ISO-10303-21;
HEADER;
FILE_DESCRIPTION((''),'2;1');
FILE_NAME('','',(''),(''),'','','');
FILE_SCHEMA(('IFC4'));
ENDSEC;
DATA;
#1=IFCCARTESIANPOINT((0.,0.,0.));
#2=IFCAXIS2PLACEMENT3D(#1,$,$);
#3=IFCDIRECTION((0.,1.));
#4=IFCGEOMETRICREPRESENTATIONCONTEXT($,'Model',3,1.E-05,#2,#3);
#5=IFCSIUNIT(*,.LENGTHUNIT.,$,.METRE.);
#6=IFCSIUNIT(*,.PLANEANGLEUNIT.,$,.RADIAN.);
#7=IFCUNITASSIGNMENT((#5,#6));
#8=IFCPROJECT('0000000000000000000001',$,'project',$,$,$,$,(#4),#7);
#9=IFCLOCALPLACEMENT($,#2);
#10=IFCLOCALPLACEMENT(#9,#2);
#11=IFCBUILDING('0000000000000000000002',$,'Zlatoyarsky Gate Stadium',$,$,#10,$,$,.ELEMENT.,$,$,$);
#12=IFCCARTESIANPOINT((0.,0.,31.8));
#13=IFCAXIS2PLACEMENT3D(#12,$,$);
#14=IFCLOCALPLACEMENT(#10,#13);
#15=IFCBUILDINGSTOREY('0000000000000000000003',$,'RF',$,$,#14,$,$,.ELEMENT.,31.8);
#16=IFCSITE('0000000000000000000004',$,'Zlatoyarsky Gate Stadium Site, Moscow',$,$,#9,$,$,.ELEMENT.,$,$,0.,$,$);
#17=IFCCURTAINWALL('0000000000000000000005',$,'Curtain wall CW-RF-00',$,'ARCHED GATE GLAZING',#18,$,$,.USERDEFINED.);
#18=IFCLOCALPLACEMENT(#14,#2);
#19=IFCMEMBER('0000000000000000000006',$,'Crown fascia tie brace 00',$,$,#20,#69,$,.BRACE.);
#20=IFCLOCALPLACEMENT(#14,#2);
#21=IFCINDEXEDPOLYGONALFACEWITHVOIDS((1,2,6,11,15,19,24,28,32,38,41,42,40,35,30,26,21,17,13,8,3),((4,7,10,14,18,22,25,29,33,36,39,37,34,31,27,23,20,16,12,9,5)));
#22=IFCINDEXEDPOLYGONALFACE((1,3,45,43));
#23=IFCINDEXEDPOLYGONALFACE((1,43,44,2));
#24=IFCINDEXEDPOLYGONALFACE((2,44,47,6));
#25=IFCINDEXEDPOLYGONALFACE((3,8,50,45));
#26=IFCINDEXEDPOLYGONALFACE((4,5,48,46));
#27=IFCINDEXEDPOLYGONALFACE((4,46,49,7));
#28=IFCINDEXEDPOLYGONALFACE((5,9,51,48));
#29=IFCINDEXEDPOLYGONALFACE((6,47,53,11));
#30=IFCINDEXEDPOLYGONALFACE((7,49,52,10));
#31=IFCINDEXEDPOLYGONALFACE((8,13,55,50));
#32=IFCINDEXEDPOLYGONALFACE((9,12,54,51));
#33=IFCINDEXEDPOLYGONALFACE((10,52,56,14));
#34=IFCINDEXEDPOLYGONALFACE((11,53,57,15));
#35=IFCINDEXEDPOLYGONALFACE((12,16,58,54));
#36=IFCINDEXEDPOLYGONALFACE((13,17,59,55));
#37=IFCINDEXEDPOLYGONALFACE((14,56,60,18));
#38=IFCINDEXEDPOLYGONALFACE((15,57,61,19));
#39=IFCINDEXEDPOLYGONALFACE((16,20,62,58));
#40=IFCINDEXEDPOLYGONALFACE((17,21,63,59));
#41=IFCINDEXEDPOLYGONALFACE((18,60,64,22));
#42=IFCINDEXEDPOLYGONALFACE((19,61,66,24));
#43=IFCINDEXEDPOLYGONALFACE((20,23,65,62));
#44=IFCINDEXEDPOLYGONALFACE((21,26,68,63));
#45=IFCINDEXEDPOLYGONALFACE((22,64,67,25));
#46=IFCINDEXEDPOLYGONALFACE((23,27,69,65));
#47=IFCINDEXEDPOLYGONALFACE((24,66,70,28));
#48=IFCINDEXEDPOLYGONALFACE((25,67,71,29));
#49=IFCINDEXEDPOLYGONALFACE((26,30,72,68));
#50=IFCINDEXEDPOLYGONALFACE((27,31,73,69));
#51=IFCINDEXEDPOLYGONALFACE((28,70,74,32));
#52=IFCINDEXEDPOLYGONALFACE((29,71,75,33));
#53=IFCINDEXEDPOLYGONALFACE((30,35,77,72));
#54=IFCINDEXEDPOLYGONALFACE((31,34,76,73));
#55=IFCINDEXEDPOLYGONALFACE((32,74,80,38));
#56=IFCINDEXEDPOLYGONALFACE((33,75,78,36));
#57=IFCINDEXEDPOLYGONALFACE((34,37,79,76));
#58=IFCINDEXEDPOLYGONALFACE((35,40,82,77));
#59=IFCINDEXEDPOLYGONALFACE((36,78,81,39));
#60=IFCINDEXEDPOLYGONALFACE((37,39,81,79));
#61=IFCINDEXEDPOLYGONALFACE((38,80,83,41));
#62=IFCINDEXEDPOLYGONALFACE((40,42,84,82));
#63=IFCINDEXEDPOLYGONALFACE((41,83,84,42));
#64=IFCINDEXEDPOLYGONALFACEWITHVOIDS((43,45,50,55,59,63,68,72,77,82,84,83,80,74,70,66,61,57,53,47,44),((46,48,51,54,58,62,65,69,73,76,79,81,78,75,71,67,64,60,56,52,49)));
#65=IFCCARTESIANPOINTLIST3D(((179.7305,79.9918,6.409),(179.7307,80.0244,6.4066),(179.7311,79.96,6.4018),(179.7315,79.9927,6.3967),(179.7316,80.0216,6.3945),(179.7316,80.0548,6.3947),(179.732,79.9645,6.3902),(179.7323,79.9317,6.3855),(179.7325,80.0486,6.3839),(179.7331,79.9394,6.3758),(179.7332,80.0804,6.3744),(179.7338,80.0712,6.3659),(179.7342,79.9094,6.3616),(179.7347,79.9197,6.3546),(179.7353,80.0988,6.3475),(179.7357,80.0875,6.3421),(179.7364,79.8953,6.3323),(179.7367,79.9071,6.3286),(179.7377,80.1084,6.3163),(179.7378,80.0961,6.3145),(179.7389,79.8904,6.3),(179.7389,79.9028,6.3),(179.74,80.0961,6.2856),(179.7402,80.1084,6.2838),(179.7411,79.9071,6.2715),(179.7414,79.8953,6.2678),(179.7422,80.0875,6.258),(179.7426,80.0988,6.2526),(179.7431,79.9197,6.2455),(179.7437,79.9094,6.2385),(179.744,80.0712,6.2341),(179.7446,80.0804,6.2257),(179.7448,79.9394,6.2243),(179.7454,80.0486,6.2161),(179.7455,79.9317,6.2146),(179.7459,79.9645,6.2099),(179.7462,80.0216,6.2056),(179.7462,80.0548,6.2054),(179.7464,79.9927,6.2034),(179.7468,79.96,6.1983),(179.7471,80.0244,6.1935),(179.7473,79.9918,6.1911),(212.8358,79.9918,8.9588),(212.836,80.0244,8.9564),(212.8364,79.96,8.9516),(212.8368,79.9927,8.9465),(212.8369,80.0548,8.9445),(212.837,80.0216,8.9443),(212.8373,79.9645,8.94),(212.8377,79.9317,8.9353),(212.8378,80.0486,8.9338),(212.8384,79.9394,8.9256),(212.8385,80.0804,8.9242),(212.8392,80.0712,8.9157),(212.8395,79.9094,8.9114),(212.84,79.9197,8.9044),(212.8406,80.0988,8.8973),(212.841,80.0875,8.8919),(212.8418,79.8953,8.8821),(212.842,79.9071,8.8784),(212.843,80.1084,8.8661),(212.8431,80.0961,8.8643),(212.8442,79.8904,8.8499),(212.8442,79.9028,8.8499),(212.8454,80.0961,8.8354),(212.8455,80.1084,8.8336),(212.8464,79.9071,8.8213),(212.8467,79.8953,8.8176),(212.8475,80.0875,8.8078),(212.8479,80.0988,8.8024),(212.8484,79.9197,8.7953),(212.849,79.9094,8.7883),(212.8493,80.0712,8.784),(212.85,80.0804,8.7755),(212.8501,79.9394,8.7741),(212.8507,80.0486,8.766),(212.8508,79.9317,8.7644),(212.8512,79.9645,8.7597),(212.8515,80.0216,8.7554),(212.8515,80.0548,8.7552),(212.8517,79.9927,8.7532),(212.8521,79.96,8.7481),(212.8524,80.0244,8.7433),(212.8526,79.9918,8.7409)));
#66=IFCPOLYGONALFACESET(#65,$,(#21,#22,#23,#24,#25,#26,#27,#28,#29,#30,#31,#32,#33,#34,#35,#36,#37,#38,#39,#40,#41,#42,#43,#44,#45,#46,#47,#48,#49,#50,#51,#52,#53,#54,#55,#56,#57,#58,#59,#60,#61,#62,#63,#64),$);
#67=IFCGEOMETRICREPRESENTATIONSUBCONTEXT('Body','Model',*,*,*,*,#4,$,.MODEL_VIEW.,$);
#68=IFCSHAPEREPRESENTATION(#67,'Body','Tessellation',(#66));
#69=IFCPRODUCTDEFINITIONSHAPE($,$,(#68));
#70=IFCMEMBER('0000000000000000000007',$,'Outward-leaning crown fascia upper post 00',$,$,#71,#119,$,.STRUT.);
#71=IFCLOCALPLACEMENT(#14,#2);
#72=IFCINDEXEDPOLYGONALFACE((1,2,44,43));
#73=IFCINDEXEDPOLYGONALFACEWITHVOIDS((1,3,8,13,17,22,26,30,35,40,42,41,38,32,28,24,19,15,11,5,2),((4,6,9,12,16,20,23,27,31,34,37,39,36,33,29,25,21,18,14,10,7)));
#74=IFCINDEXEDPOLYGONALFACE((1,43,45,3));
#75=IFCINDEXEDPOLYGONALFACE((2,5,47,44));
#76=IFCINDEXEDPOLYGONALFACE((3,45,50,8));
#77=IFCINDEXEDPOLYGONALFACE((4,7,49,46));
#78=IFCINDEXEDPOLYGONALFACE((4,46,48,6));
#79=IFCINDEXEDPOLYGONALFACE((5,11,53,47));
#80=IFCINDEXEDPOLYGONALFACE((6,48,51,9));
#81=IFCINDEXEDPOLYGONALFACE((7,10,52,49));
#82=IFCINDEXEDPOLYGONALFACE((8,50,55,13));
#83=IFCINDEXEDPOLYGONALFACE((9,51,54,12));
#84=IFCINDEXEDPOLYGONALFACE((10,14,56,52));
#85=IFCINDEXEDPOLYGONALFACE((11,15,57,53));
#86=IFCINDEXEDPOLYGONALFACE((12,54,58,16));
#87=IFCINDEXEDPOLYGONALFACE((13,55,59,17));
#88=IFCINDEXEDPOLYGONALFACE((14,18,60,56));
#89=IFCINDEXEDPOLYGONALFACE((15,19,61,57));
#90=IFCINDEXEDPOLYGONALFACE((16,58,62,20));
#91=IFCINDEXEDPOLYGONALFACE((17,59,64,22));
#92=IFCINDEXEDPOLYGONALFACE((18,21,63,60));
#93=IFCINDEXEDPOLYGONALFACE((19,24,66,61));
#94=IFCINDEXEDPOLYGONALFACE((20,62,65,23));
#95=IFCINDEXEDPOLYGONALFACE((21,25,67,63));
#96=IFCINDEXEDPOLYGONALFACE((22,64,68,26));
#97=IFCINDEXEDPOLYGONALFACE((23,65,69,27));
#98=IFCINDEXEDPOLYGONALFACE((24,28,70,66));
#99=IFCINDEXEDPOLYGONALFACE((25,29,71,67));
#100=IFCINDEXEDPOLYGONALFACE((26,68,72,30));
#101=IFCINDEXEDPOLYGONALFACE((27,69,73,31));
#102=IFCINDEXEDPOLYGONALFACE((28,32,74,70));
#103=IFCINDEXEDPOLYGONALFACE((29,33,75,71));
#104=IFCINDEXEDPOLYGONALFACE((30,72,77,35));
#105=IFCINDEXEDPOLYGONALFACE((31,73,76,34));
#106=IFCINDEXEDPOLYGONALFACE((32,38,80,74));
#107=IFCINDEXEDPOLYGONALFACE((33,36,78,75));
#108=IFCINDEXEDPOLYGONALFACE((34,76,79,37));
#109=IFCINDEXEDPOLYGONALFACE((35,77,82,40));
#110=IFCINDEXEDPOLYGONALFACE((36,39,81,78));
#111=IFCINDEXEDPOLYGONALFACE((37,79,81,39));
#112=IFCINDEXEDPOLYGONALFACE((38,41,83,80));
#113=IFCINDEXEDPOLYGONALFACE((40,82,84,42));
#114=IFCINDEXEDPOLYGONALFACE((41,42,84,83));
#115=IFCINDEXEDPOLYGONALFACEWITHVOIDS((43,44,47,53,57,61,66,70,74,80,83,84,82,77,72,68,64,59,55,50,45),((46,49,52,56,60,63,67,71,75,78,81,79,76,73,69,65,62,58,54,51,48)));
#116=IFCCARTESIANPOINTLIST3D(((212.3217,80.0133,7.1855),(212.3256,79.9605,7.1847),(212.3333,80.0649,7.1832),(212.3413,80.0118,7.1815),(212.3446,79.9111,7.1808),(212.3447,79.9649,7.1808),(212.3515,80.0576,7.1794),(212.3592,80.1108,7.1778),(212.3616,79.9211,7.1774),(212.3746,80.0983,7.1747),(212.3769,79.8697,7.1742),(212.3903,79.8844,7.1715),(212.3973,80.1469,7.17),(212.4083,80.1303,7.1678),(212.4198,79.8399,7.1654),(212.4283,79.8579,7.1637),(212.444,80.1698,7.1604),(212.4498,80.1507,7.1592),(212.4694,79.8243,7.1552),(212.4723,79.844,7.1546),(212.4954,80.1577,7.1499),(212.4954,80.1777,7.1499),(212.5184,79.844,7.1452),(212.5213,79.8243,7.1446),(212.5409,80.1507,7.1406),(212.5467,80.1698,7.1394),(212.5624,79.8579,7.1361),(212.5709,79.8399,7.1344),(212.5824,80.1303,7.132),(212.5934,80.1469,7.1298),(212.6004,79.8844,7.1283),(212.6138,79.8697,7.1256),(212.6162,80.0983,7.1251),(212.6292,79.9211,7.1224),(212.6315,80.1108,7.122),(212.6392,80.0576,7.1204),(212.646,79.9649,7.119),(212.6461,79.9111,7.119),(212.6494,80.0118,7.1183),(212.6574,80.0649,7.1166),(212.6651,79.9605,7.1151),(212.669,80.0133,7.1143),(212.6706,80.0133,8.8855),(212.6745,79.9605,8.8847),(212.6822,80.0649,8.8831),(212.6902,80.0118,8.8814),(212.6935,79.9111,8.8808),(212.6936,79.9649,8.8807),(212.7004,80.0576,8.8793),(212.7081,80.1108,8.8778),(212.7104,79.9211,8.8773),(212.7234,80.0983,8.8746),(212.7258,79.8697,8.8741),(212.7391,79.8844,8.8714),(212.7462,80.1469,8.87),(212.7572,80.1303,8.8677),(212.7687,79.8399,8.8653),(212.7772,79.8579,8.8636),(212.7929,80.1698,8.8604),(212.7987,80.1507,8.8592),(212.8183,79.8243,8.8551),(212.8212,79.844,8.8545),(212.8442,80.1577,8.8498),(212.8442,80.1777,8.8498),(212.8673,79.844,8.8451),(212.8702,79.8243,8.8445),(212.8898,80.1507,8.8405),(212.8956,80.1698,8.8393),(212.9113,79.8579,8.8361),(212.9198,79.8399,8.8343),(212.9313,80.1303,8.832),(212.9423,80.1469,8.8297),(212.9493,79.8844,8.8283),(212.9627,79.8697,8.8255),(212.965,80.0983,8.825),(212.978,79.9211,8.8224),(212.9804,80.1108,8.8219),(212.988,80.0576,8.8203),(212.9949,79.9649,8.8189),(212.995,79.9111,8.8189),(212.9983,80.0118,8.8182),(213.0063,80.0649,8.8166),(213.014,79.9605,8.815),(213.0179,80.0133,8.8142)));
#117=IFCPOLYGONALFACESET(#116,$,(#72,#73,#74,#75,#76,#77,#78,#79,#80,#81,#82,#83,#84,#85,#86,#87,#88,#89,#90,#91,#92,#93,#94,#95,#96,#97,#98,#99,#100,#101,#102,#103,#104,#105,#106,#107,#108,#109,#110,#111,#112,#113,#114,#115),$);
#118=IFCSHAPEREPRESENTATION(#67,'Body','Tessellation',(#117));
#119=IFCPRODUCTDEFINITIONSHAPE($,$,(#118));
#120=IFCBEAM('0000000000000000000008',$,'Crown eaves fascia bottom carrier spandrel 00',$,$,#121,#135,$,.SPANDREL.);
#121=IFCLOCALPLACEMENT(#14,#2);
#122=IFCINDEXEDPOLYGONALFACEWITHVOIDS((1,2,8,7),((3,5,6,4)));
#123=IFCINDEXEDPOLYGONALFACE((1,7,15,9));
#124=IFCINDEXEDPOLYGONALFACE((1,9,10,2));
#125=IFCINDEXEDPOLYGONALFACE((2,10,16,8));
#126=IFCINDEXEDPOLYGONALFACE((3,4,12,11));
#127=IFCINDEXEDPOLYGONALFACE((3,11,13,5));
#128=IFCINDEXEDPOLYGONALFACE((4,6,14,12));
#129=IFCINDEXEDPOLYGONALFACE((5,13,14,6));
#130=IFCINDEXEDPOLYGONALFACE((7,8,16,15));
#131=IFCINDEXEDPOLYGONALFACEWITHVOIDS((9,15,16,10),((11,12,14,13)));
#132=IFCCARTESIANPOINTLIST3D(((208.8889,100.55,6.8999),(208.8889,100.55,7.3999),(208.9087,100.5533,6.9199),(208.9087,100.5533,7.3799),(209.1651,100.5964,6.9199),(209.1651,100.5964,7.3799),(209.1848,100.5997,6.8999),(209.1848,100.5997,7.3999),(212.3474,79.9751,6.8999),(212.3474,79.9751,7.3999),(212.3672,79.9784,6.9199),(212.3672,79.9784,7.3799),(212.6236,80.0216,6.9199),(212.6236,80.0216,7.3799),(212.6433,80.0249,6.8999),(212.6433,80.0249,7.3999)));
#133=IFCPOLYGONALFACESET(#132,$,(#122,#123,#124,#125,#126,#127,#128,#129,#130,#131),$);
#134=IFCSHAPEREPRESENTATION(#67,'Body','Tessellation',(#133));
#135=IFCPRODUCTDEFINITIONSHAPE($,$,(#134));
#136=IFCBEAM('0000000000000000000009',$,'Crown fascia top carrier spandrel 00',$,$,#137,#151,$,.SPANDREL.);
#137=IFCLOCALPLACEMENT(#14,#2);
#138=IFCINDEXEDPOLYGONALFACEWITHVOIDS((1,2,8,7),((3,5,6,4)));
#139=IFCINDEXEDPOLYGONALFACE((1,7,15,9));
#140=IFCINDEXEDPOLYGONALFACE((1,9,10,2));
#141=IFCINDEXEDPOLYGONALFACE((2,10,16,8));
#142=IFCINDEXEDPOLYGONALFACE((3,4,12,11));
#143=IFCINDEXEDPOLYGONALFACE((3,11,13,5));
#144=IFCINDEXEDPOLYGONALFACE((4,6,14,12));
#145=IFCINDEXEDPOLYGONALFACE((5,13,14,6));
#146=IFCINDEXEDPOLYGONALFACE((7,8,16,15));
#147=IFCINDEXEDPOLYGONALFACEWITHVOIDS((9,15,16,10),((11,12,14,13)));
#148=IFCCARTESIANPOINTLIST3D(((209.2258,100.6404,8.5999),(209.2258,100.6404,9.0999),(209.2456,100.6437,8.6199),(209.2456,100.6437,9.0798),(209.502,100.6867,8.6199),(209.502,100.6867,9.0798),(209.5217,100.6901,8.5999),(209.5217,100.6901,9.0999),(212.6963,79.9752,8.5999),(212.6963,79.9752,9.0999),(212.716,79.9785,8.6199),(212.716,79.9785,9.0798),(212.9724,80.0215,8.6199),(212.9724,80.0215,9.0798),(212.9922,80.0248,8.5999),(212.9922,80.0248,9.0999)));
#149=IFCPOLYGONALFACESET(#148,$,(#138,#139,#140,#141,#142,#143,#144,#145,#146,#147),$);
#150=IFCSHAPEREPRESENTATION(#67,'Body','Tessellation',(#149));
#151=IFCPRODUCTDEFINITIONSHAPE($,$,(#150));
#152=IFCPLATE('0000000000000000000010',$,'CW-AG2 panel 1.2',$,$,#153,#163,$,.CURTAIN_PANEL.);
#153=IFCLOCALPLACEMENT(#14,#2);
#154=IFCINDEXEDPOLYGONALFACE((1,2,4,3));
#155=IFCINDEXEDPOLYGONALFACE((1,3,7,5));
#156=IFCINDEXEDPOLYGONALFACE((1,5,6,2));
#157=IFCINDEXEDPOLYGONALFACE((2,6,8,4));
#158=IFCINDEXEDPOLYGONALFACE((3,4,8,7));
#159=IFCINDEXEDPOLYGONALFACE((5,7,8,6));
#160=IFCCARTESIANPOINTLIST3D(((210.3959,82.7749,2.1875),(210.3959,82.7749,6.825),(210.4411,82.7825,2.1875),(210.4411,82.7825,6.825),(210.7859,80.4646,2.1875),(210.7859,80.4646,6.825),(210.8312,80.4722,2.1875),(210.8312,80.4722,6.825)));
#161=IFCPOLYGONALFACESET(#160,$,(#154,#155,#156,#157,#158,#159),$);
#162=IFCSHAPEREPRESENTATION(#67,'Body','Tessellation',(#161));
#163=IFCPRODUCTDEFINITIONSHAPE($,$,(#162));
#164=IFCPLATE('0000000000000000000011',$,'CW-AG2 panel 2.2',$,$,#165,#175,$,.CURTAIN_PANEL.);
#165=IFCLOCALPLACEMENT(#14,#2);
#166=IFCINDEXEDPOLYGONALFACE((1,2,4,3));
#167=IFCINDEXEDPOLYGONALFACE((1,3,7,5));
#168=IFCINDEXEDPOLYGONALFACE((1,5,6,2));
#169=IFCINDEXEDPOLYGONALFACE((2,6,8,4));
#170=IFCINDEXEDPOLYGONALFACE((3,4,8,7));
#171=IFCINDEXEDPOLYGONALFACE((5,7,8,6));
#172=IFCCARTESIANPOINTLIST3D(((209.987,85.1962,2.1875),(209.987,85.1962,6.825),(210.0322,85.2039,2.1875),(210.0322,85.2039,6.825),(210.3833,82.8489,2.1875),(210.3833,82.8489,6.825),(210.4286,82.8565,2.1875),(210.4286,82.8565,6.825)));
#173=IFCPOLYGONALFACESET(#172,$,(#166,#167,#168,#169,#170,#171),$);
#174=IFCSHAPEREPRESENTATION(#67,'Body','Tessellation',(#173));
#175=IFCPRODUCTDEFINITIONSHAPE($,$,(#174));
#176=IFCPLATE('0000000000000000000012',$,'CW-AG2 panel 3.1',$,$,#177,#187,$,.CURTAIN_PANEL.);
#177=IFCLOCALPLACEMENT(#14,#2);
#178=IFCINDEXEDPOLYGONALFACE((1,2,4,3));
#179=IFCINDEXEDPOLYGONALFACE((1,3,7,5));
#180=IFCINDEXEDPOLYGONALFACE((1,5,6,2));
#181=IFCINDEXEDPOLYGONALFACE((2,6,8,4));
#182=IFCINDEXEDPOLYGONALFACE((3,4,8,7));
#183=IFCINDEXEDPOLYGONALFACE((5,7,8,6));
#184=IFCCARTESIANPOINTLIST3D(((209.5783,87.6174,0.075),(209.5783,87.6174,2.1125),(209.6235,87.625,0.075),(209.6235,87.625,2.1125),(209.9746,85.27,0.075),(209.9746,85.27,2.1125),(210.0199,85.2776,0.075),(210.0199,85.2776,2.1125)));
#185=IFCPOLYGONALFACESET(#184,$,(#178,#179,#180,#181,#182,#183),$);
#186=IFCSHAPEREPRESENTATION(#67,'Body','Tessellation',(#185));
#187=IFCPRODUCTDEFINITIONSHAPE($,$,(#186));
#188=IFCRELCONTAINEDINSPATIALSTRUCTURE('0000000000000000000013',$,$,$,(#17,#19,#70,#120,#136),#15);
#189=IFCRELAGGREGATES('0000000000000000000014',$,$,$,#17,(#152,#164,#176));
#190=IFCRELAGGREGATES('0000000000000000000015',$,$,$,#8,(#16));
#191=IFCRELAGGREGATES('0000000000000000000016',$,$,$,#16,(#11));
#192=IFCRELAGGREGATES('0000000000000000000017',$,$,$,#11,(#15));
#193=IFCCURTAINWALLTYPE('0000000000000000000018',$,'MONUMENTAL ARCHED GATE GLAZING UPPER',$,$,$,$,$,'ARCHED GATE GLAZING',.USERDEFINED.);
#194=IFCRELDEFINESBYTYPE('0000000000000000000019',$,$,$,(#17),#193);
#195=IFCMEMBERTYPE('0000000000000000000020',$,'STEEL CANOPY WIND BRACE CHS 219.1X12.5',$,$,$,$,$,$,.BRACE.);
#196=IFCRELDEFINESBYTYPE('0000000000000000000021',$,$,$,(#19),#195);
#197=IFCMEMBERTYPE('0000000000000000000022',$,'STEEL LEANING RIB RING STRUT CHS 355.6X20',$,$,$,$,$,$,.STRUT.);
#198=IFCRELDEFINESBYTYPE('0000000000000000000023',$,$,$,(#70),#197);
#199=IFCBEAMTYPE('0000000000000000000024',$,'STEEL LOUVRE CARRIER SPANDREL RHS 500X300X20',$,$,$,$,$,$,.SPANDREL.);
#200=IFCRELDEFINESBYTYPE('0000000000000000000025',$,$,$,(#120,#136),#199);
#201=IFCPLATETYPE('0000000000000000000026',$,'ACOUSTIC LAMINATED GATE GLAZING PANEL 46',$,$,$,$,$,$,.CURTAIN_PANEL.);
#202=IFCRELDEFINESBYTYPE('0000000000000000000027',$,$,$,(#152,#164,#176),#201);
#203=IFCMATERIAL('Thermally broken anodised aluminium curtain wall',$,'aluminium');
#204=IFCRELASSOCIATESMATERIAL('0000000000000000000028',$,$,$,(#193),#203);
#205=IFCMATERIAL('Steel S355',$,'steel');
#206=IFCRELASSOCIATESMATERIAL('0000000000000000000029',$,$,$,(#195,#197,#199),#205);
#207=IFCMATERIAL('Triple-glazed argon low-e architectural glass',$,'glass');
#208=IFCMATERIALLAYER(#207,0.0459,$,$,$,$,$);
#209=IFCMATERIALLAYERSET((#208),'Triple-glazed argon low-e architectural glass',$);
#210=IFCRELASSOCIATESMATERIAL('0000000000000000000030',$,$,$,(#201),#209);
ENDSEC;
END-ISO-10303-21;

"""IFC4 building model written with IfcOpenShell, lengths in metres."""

from ifc_helpers import new_model, si_unit, direction, frame, origin, origin_2d, place, context, subcontext, project, spatial, rectangle, hollow_rectangle, hollow_circle, extrude, material, layer, layer_set, material_profile, profile_set, type_object, element, aggregate, save


model = new_model("IFC4")

# Units and contexts
model_context = context("Model", 3, precision=1e-05, world=origin(), true_north=direction((0.0, 1.0)))
body_context = subcontext(model_context, "Body", "Model", "MODEL_VIEW")
ifc_project = project(units=[si_unit("LENGTHUNIT", "METRE"), si_unit("PLANEANGLEUNIT", "RADIAN")], contexts=[model_context])

# Site, building, storey
site_placement = place(None, origin())
site = spatial("IfcSite", under=ifc_project, at=site_placement, Name="Zlatoyarsky Gate Stadium Site, Moscow", CompositionType="ELEMENT", RefElevation=0.0)
building_placement = place(site_placement, origin())
building = spatial("IfcBuilding", under=site, at=building_placement, Name="Zlatoyarsky Gate Stadium", CompositionType="ELEMENT")
storey_placement = place(building_placement, frame((0.0, 0.0, 31.8)))
storey = spatial("IfcBuildingStorey", under=building, at=storey_placement, Name="RF", CompositionType="ELEMENT", Elevation=31.8)

# Curtain wall
ifc_material_1 = material(Name="Thermally broken anodised aluminium curtain wall", Category="aluminium")
curtain_wall_type = type_object("IfcCurtainWallType", Name="MONUMENTAL ARCHED GATE GLAZING UPPER", ElementType="ARCHED GATE GLAZING", PredefinedType="USERDEFINED", material=ifc_material_1)
curtain_wall_placement = place(storey_placement, origin())
curtain_wall = element("IfcCurtainWall", 1, at=curtain_wall_placement, inside=storey, type_object=curtain_wall_type, Name="Curtain wall CW-RF-00", ObjectType="ARCHED GATE GLAZING", PredefinedType="USERDEFINED")

# Members
ifc_material_2 = material(Name="Steel S355", Category="steel")
ifc_material_profile_1 = material_profile(ifc_material_2, hollow_circle(Radius=0.1096, WallThickness=0.0125, at=origin_2d()), Name="CHS 219.1X12.5")
ifc_profile_set_1 = profile_set([ifc_material_profile_1], Name="Steel S355")
member_type_1 = type_object("IfcMemberType", Name="STEEL CANOPY WIND BRACE CHS 219.1X12.5", PredefinedType="BRACE", material=ifc_profile_set_1)
member_1_placement = place(storey_placement, frame((212.8442, 80.0, 8.8499), z_axis=(-0.997047, 0.0, -0.076794), x_axis=(0.0, -1.0, 0.0)))
element("IfcMember", 2, at=member_1_placement, inside=storey, type_object=member_type_1, Name="Crown fascia tie brace 00", PredefinedType="BRACE", context=body_context, shape_type="SweptSolid", body=[
    extrude(hollow_circle(Radius=0.1096, WallThickness=0.0125, at=origin_2d()), origin(), (0.0, 0.0, 1.0), 33.2034),
])
ifc_material_profile_2 = material_profile(ifc_material_2, hollow_circle(Radius=0.1777, WallThickness=0.02, at=origin_2d()), Name="CHS 355.6X20")
ifc_profile_set_2 = profile_set([ifc_material_profile_2], Name="Steel S355")
member_type_2 = type_object("IfcMemberType", Name="STEEL LEANING RIB RING STRUT CHS 355.6X20", PredefinedType="STRUT", material=ifc_profile_set_2)
member_2_placement = place(storey_placement, frame((212.4954, 80.0, 7.1499), z_axis=(0.201038, 0.0, 0.979584), x_axis=(0.0, 1.0, 0.0)))
element("IfcMember", 3, at=member_2_placement, inside=storey, type_object=member_type_2, Name="Outward-leaning crown fascia upper post 00", PredefinedType="STRUT", context=body_context, shape_type="SweptSolid", body=[
    extrude(hollow_circle(Radius=0.1777, WallThickness=0.02, at=origin_2d()), origin(), (0.0, 0.0, 1.0), 1.7354),
])

# Beams
ifc_material_profile_3 = material_profile(ifc_material_2, hollow_rectangle(XDim=0.3, YDim=0.5, WallThickness=0.02, at=origin_2d()), Name="RHS 500X300X20")
ifc_profile_set_3 = profile_set([ifc_material_profile_3], Name="Steel S355")
beam_type = type_object("IfcBeamType", Name="STEEL LOUVRE CARRIER SPANDREL RHS 500X300X20", PredefinedType="SPANDREL", material=ifc_profile_set_3)
beam_1_placement = place(storey_placement, frame((212.4954, 80.0, 7.1499), z_axis=(-0.165767, 0.986165, 0.0), x_axis=(-0.986165, -0.165767, 0.0)))
element("IfcBeam", 4, at=beam_1_placement, inside=storey, type_object=beam_type, Name="Crown eaves fascia bottom carrier spandrel 00", PredefinedType="SPANDREL", context=body_context, shape_type="SweptSolid", body=[
    extrude(hollow_rectangle(XDim=0.3, YDim=0.5, WallThickness=0.02, at=origin_2d()), origin(), (0.0, 0.0, 1.0), 20.8635),
])
beam_2_placement = place(storey_placement, frame((212.8442, 80.0, 8.8499), z_axis=(-0.165617, 0.98619, 0.0), x_axis=(-0.98619, -0.165617, 0.0)))
element("IfcBeam", 5, at=beam_2_placement, inside=storey, type_object=beam_type, Name="Crown fascia top carrier spandrel 00", PredefinedType="SPANDREL", context=body_context, shape_type="SweptSolid", body=[
    extrude(hollow_rectangle(XDim=0.3, YDim=0.5, WallThickness=0.02, at=origin_2d()), origin(), (0.0, 0.0, 1.0), 20.9546),
])

# Plates
ifc_material_3 = material(Name="Triple-glazed argon low-e architectural glass", Category="glass")
ifc_layer_1 = layer(ifc_material_3, 0.0459)
ifc_layer_set_1 = layer_set([ifc_layer_1], Name="Triple-glazed argon low-e architectural glass")
plate_type_1 = type_object("IfcPlateType", Name="ACOUSTIC LAMINATED GATE GLAZING PANEL 46", PredefinedType="CURTAIN_PANEL", material=ifc_layer_set_1)
plate_1_placement = place(storey_placement, frame((210.6135, 81.6235, 2.1875), z_axis=(0.0, 0.0, 1.0), x_axis=(-0.166482, 0.986044, 0.0)))
plate_1 = element("IfcPlate", 6, at=plate_1_placement, type_object=plate_type_1, Name="CW-AG2 panel 1.2", PredefinedType="CURTAIN_PANEL", context=body_context, shape_type="SweptSolid", body=[
    extrude(rectangle(XDim=2.343, YDim=0.0459, at=origin_2d()), origin(), (0.0, 0.0, 1.0), 4.6375),
])
plate_2_placement = place(storey_placement, frame((210.2078, 84.0264, 2.1875), z_axis=(0.0, 0.0, 1.0), x_axis=(-0.166482, 0.986044, 0.0)))
plate_2 = element("IfcPlate", 7, at=plate_2_placement, type_object=plate_type_1, Name="CW-AG2 panel 2.2", PredefinedType="CURTAIN_PANEL", context=body_context, shape_type="SweptSolid", body=[
    extrude(rectangle(XDim=2.3806, YDim=0.0459, at=origin_2d()), origin(), (0.0, 0.0, 1.0), 4.6375),
])
plate_3_placement = place(storey_placement, frame((209.7991, 86.4475, 0.075), z_axis=(0.0, 0.0, 1.0), x_axis=(-0.166482, 0.986044, 0.0)))
plate_3 = element("IfcPlate", 8, at=plate_3_placement, type_object=plate_type_1, Name="CW-AG2 panel 3.1", PredefinedType="CURTAIN_PANEL", context=body_context, shape_type="SweptSolid", body=[
    extrude(rectangle(XDim=2.3806, YDim=0.0459, at=origin_2d()), origin(), (0.0, 0.0, 1.0), 2.0376),
])
aggregate(curtain_wall, [plate_1, plate_2, plate_3])

save(model, "model.ifc")
